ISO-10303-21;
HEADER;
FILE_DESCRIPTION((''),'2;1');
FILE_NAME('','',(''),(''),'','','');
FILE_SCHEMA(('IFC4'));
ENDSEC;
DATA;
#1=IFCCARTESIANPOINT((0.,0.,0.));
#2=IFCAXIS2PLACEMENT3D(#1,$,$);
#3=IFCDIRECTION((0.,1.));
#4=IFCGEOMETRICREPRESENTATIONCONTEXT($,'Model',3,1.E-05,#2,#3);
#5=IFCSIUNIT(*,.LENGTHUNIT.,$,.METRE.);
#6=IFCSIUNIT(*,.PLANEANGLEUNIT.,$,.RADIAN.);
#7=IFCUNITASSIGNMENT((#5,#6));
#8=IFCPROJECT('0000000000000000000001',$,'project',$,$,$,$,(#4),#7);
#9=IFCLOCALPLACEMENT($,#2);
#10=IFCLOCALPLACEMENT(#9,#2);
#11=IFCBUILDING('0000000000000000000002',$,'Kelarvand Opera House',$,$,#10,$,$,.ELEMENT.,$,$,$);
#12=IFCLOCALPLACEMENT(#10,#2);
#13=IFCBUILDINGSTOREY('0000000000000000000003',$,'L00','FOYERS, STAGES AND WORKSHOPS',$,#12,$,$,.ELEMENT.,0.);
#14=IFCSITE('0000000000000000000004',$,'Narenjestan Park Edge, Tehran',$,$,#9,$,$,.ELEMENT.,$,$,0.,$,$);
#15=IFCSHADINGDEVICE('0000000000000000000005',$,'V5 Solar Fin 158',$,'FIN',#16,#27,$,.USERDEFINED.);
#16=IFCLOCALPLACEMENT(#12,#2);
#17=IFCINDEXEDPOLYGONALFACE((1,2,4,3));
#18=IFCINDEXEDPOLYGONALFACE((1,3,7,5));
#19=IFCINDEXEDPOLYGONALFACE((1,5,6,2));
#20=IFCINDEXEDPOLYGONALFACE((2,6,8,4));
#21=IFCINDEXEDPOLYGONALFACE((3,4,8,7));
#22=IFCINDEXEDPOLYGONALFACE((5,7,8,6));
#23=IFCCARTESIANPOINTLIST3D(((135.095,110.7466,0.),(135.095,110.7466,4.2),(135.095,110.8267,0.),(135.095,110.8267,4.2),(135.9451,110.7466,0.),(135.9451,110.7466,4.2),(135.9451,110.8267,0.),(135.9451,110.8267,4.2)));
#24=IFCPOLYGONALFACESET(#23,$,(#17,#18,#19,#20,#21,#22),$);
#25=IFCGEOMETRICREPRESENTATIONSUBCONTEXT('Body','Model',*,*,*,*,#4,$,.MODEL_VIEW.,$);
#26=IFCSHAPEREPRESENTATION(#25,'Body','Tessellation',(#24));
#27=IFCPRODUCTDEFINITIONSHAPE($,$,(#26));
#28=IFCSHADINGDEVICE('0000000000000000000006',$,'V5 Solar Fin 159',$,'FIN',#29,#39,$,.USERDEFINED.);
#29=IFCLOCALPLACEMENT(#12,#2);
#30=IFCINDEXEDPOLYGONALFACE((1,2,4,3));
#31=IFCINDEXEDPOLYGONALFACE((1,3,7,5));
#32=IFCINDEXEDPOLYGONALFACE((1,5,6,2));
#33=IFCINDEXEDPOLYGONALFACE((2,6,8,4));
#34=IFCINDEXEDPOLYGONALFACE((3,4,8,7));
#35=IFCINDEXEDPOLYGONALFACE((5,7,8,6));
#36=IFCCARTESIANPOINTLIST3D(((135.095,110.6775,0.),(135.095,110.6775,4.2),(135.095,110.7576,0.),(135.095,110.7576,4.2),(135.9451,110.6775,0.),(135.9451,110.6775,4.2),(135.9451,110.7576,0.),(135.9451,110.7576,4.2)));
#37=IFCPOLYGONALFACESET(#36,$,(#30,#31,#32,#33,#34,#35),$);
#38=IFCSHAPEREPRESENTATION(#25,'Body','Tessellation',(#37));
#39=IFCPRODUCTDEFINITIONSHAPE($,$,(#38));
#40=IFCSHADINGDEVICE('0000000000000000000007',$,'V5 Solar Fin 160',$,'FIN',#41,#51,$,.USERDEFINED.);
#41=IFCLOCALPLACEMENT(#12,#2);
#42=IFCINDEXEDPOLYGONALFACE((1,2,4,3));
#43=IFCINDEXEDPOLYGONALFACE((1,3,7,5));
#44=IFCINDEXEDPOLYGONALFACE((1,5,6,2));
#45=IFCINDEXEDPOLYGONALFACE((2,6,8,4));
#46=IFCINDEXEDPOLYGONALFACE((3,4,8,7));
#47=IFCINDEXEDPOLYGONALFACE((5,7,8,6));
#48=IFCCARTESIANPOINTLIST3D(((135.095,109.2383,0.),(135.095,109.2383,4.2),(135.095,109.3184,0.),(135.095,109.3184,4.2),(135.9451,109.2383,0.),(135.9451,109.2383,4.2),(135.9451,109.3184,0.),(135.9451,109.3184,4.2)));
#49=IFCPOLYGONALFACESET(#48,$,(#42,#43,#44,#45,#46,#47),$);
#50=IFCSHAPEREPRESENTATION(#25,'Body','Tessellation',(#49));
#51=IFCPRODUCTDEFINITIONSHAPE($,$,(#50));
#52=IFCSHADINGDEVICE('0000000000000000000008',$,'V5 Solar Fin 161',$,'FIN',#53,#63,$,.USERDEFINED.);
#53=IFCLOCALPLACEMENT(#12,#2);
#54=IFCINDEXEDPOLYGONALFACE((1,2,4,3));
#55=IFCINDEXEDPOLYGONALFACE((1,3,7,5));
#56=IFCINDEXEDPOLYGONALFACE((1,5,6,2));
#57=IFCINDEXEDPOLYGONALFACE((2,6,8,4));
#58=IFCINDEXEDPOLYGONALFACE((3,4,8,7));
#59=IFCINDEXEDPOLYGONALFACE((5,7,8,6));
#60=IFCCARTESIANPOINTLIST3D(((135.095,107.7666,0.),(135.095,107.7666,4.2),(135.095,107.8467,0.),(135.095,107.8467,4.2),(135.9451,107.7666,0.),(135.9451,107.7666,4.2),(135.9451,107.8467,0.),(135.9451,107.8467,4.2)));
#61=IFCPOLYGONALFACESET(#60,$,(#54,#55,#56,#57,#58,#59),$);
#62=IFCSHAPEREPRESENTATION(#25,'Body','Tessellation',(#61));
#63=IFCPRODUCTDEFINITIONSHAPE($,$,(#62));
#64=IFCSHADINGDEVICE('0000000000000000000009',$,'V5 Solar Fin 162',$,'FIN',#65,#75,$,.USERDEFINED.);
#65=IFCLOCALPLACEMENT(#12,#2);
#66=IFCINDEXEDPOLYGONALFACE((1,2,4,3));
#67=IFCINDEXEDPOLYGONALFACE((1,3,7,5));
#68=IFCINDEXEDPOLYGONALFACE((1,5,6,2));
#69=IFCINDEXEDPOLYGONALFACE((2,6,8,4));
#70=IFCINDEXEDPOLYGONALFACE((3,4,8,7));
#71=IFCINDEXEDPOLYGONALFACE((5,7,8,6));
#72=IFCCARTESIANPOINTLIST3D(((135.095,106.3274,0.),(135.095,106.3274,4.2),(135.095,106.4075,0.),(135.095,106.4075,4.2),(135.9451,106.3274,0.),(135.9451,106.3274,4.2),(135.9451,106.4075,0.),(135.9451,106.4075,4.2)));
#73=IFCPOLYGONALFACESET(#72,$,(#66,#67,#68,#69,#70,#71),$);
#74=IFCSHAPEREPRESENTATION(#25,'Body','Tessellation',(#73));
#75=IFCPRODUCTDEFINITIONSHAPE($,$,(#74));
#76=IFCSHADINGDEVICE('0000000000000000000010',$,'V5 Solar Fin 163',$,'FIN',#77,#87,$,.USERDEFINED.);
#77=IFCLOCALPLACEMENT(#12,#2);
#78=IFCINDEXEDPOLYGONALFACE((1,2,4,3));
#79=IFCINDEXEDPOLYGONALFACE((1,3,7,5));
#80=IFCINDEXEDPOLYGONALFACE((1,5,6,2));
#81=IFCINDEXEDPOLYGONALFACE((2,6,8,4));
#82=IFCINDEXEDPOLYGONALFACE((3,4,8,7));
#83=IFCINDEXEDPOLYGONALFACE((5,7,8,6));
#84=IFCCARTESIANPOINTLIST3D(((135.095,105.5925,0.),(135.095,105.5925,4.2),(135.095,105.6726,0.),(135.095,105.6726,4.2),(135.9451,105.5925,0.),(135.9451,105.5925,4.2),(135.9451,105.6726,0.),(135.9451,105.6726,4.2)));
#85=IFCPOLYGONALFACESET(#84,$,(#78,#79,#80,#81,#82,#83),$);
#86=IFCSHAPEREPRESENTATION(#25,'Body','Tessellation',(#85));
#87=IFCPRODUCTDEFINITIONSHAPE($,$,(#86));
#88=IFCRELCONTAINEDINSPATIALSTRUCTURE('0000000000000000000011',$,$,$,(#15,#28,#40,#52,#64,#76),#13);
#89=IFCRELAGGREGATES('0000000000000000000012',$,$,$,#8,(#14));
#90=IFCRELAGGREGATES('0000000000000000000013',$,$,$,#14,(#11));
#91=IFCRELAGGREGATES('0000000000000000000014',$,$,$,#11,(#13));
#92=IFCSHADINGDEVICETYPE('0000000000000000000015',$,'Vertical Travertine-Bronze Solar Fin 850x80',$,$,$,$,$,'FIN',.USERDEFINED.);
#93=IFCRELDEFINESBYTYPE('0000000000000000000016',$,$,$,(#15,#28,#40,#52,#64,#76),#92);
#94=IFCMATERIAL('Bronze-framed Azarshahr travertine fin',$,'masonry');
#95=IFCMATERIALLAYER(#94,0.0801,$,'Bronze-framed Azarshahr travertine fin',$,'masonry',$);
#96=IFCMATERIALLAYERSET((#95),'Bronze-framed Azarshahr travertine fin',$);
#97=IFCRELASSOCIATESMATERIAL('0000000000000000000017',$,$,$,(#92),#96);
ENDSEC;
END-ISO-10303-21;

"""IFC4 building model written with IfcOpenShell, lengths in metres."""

from ifc_helpers import new_model, si_unit, direction, frame, origin, origin_2d, place, context, subcontext, project, spatial, rectangle, extrude, material, layer, layer_set, type_object, element, save


model = new_model("IFC4")

# Units and contexts
model_context = context("Model", 3, precision=1e-05, world=origin(), true_north=direction((0.0, 1.0)))
body_context = subcontext(model_context, "Body", "Model", "MODEL_VIEW")
ifc_project = project(units=[si_unit("LENGTHUNIT", "METRE"), si_unit("PLANEANGLEUNIT", "RADIAN")], contexts=[model_context])

# Site, building, storey
site_placement = place(None, origin())
site = spatial("IfcSite", under=ifc_project, at=site_placement, Name="Narenjestan Park Edge, Tehran", CompositionType="ELEMENT", RefElevation=0.0)
building_placement = place(site_placement, origin())
building = spatial("IfcBuilding", under=site, at=building_placement, Name="Kelarvand Opera House", CompositionType="ELEMENT")
storey_placement = place(building_placement, origin())
storey = spatial("IfcBuildingStorey", under=building, at=storey_placement, Name="L00", Description="FOYERS, STAGES AND WORKSHOPS", CompositionType="ELEMENT", Elevation=0.0)

# Shading devices
ifc_material_1 = material(Name="Bronze-framed Azarshahr travertine fin", Category="masonry")
ifc_layer_1 = layer(ifc_material_1, 0.0801, Name="Bronze-framed Azarshahr travertine fin", Category="masonry")
ifc_layer_set_1 = layer_set([ifc_layer_1], Name="Bronze-framed Azarshahr travertine fin")
shading_device_type = type_object("IfcShadingDeviceType", Name="Vertical Travertine-Bronze Solar Fin 850x80", ElementType="FIN", PredefinedType="USERDEFINED", material=ifc_layer_set_1)
for number, where, z_axis, x_axis, name in (
    (1, (135.52, 110.7866, 0.0), (0.0, 0.0, 1.0), (1.0, 0.0, 0.0), "V5 Solar Fin 158"),
    (2, (135.52, 110.7175, 0.0), (0.0, 0.0, 1.0), (1.0, 0.0, 0.0), "V5 Solar Fin 159"),
    (3, (135.52, 109.2783, 0.0), (0.0, 0.0, 1.0), (1.0, 0.0, 0.0), "V5 Solar Fin 160"),
    (4, (135.52, 107.8066, 0.0), (0.0, 0.0, 1.0), (1.0, 0.0, 0.0), "V5 Solar Fin 161"),
    (5, (135.52, 106.3674, 0.0), (0.0, 0.0, 1.0), (1.0, 0.0, 0.0), "V5 Solar Fin 162"),
    (6, (135.52, 105.6326, 0.0), (0.0, 0.0, 1.0), (1.0, 0.0, 0.0), "V5 Solar Fin 163"),
):
    element("IfcShadingDevice", number, at=place(storey_placement, frame(where, z_axis=z_axis, x_axis=x_axis)), inside=storey, type_object=shading_device_type, Name=name, ObjectType="FIN", PredefinedType="USERDEFINED", context=body_context, shape_type="SweptSolid", body=[
        extrude(rectangle(XDim=0.8501, YDim=0.0801, at=origin_2d()), origin(), (0.0, 0.0, 1.0), 4.2),
    ])

save(model, "model.ifc")
